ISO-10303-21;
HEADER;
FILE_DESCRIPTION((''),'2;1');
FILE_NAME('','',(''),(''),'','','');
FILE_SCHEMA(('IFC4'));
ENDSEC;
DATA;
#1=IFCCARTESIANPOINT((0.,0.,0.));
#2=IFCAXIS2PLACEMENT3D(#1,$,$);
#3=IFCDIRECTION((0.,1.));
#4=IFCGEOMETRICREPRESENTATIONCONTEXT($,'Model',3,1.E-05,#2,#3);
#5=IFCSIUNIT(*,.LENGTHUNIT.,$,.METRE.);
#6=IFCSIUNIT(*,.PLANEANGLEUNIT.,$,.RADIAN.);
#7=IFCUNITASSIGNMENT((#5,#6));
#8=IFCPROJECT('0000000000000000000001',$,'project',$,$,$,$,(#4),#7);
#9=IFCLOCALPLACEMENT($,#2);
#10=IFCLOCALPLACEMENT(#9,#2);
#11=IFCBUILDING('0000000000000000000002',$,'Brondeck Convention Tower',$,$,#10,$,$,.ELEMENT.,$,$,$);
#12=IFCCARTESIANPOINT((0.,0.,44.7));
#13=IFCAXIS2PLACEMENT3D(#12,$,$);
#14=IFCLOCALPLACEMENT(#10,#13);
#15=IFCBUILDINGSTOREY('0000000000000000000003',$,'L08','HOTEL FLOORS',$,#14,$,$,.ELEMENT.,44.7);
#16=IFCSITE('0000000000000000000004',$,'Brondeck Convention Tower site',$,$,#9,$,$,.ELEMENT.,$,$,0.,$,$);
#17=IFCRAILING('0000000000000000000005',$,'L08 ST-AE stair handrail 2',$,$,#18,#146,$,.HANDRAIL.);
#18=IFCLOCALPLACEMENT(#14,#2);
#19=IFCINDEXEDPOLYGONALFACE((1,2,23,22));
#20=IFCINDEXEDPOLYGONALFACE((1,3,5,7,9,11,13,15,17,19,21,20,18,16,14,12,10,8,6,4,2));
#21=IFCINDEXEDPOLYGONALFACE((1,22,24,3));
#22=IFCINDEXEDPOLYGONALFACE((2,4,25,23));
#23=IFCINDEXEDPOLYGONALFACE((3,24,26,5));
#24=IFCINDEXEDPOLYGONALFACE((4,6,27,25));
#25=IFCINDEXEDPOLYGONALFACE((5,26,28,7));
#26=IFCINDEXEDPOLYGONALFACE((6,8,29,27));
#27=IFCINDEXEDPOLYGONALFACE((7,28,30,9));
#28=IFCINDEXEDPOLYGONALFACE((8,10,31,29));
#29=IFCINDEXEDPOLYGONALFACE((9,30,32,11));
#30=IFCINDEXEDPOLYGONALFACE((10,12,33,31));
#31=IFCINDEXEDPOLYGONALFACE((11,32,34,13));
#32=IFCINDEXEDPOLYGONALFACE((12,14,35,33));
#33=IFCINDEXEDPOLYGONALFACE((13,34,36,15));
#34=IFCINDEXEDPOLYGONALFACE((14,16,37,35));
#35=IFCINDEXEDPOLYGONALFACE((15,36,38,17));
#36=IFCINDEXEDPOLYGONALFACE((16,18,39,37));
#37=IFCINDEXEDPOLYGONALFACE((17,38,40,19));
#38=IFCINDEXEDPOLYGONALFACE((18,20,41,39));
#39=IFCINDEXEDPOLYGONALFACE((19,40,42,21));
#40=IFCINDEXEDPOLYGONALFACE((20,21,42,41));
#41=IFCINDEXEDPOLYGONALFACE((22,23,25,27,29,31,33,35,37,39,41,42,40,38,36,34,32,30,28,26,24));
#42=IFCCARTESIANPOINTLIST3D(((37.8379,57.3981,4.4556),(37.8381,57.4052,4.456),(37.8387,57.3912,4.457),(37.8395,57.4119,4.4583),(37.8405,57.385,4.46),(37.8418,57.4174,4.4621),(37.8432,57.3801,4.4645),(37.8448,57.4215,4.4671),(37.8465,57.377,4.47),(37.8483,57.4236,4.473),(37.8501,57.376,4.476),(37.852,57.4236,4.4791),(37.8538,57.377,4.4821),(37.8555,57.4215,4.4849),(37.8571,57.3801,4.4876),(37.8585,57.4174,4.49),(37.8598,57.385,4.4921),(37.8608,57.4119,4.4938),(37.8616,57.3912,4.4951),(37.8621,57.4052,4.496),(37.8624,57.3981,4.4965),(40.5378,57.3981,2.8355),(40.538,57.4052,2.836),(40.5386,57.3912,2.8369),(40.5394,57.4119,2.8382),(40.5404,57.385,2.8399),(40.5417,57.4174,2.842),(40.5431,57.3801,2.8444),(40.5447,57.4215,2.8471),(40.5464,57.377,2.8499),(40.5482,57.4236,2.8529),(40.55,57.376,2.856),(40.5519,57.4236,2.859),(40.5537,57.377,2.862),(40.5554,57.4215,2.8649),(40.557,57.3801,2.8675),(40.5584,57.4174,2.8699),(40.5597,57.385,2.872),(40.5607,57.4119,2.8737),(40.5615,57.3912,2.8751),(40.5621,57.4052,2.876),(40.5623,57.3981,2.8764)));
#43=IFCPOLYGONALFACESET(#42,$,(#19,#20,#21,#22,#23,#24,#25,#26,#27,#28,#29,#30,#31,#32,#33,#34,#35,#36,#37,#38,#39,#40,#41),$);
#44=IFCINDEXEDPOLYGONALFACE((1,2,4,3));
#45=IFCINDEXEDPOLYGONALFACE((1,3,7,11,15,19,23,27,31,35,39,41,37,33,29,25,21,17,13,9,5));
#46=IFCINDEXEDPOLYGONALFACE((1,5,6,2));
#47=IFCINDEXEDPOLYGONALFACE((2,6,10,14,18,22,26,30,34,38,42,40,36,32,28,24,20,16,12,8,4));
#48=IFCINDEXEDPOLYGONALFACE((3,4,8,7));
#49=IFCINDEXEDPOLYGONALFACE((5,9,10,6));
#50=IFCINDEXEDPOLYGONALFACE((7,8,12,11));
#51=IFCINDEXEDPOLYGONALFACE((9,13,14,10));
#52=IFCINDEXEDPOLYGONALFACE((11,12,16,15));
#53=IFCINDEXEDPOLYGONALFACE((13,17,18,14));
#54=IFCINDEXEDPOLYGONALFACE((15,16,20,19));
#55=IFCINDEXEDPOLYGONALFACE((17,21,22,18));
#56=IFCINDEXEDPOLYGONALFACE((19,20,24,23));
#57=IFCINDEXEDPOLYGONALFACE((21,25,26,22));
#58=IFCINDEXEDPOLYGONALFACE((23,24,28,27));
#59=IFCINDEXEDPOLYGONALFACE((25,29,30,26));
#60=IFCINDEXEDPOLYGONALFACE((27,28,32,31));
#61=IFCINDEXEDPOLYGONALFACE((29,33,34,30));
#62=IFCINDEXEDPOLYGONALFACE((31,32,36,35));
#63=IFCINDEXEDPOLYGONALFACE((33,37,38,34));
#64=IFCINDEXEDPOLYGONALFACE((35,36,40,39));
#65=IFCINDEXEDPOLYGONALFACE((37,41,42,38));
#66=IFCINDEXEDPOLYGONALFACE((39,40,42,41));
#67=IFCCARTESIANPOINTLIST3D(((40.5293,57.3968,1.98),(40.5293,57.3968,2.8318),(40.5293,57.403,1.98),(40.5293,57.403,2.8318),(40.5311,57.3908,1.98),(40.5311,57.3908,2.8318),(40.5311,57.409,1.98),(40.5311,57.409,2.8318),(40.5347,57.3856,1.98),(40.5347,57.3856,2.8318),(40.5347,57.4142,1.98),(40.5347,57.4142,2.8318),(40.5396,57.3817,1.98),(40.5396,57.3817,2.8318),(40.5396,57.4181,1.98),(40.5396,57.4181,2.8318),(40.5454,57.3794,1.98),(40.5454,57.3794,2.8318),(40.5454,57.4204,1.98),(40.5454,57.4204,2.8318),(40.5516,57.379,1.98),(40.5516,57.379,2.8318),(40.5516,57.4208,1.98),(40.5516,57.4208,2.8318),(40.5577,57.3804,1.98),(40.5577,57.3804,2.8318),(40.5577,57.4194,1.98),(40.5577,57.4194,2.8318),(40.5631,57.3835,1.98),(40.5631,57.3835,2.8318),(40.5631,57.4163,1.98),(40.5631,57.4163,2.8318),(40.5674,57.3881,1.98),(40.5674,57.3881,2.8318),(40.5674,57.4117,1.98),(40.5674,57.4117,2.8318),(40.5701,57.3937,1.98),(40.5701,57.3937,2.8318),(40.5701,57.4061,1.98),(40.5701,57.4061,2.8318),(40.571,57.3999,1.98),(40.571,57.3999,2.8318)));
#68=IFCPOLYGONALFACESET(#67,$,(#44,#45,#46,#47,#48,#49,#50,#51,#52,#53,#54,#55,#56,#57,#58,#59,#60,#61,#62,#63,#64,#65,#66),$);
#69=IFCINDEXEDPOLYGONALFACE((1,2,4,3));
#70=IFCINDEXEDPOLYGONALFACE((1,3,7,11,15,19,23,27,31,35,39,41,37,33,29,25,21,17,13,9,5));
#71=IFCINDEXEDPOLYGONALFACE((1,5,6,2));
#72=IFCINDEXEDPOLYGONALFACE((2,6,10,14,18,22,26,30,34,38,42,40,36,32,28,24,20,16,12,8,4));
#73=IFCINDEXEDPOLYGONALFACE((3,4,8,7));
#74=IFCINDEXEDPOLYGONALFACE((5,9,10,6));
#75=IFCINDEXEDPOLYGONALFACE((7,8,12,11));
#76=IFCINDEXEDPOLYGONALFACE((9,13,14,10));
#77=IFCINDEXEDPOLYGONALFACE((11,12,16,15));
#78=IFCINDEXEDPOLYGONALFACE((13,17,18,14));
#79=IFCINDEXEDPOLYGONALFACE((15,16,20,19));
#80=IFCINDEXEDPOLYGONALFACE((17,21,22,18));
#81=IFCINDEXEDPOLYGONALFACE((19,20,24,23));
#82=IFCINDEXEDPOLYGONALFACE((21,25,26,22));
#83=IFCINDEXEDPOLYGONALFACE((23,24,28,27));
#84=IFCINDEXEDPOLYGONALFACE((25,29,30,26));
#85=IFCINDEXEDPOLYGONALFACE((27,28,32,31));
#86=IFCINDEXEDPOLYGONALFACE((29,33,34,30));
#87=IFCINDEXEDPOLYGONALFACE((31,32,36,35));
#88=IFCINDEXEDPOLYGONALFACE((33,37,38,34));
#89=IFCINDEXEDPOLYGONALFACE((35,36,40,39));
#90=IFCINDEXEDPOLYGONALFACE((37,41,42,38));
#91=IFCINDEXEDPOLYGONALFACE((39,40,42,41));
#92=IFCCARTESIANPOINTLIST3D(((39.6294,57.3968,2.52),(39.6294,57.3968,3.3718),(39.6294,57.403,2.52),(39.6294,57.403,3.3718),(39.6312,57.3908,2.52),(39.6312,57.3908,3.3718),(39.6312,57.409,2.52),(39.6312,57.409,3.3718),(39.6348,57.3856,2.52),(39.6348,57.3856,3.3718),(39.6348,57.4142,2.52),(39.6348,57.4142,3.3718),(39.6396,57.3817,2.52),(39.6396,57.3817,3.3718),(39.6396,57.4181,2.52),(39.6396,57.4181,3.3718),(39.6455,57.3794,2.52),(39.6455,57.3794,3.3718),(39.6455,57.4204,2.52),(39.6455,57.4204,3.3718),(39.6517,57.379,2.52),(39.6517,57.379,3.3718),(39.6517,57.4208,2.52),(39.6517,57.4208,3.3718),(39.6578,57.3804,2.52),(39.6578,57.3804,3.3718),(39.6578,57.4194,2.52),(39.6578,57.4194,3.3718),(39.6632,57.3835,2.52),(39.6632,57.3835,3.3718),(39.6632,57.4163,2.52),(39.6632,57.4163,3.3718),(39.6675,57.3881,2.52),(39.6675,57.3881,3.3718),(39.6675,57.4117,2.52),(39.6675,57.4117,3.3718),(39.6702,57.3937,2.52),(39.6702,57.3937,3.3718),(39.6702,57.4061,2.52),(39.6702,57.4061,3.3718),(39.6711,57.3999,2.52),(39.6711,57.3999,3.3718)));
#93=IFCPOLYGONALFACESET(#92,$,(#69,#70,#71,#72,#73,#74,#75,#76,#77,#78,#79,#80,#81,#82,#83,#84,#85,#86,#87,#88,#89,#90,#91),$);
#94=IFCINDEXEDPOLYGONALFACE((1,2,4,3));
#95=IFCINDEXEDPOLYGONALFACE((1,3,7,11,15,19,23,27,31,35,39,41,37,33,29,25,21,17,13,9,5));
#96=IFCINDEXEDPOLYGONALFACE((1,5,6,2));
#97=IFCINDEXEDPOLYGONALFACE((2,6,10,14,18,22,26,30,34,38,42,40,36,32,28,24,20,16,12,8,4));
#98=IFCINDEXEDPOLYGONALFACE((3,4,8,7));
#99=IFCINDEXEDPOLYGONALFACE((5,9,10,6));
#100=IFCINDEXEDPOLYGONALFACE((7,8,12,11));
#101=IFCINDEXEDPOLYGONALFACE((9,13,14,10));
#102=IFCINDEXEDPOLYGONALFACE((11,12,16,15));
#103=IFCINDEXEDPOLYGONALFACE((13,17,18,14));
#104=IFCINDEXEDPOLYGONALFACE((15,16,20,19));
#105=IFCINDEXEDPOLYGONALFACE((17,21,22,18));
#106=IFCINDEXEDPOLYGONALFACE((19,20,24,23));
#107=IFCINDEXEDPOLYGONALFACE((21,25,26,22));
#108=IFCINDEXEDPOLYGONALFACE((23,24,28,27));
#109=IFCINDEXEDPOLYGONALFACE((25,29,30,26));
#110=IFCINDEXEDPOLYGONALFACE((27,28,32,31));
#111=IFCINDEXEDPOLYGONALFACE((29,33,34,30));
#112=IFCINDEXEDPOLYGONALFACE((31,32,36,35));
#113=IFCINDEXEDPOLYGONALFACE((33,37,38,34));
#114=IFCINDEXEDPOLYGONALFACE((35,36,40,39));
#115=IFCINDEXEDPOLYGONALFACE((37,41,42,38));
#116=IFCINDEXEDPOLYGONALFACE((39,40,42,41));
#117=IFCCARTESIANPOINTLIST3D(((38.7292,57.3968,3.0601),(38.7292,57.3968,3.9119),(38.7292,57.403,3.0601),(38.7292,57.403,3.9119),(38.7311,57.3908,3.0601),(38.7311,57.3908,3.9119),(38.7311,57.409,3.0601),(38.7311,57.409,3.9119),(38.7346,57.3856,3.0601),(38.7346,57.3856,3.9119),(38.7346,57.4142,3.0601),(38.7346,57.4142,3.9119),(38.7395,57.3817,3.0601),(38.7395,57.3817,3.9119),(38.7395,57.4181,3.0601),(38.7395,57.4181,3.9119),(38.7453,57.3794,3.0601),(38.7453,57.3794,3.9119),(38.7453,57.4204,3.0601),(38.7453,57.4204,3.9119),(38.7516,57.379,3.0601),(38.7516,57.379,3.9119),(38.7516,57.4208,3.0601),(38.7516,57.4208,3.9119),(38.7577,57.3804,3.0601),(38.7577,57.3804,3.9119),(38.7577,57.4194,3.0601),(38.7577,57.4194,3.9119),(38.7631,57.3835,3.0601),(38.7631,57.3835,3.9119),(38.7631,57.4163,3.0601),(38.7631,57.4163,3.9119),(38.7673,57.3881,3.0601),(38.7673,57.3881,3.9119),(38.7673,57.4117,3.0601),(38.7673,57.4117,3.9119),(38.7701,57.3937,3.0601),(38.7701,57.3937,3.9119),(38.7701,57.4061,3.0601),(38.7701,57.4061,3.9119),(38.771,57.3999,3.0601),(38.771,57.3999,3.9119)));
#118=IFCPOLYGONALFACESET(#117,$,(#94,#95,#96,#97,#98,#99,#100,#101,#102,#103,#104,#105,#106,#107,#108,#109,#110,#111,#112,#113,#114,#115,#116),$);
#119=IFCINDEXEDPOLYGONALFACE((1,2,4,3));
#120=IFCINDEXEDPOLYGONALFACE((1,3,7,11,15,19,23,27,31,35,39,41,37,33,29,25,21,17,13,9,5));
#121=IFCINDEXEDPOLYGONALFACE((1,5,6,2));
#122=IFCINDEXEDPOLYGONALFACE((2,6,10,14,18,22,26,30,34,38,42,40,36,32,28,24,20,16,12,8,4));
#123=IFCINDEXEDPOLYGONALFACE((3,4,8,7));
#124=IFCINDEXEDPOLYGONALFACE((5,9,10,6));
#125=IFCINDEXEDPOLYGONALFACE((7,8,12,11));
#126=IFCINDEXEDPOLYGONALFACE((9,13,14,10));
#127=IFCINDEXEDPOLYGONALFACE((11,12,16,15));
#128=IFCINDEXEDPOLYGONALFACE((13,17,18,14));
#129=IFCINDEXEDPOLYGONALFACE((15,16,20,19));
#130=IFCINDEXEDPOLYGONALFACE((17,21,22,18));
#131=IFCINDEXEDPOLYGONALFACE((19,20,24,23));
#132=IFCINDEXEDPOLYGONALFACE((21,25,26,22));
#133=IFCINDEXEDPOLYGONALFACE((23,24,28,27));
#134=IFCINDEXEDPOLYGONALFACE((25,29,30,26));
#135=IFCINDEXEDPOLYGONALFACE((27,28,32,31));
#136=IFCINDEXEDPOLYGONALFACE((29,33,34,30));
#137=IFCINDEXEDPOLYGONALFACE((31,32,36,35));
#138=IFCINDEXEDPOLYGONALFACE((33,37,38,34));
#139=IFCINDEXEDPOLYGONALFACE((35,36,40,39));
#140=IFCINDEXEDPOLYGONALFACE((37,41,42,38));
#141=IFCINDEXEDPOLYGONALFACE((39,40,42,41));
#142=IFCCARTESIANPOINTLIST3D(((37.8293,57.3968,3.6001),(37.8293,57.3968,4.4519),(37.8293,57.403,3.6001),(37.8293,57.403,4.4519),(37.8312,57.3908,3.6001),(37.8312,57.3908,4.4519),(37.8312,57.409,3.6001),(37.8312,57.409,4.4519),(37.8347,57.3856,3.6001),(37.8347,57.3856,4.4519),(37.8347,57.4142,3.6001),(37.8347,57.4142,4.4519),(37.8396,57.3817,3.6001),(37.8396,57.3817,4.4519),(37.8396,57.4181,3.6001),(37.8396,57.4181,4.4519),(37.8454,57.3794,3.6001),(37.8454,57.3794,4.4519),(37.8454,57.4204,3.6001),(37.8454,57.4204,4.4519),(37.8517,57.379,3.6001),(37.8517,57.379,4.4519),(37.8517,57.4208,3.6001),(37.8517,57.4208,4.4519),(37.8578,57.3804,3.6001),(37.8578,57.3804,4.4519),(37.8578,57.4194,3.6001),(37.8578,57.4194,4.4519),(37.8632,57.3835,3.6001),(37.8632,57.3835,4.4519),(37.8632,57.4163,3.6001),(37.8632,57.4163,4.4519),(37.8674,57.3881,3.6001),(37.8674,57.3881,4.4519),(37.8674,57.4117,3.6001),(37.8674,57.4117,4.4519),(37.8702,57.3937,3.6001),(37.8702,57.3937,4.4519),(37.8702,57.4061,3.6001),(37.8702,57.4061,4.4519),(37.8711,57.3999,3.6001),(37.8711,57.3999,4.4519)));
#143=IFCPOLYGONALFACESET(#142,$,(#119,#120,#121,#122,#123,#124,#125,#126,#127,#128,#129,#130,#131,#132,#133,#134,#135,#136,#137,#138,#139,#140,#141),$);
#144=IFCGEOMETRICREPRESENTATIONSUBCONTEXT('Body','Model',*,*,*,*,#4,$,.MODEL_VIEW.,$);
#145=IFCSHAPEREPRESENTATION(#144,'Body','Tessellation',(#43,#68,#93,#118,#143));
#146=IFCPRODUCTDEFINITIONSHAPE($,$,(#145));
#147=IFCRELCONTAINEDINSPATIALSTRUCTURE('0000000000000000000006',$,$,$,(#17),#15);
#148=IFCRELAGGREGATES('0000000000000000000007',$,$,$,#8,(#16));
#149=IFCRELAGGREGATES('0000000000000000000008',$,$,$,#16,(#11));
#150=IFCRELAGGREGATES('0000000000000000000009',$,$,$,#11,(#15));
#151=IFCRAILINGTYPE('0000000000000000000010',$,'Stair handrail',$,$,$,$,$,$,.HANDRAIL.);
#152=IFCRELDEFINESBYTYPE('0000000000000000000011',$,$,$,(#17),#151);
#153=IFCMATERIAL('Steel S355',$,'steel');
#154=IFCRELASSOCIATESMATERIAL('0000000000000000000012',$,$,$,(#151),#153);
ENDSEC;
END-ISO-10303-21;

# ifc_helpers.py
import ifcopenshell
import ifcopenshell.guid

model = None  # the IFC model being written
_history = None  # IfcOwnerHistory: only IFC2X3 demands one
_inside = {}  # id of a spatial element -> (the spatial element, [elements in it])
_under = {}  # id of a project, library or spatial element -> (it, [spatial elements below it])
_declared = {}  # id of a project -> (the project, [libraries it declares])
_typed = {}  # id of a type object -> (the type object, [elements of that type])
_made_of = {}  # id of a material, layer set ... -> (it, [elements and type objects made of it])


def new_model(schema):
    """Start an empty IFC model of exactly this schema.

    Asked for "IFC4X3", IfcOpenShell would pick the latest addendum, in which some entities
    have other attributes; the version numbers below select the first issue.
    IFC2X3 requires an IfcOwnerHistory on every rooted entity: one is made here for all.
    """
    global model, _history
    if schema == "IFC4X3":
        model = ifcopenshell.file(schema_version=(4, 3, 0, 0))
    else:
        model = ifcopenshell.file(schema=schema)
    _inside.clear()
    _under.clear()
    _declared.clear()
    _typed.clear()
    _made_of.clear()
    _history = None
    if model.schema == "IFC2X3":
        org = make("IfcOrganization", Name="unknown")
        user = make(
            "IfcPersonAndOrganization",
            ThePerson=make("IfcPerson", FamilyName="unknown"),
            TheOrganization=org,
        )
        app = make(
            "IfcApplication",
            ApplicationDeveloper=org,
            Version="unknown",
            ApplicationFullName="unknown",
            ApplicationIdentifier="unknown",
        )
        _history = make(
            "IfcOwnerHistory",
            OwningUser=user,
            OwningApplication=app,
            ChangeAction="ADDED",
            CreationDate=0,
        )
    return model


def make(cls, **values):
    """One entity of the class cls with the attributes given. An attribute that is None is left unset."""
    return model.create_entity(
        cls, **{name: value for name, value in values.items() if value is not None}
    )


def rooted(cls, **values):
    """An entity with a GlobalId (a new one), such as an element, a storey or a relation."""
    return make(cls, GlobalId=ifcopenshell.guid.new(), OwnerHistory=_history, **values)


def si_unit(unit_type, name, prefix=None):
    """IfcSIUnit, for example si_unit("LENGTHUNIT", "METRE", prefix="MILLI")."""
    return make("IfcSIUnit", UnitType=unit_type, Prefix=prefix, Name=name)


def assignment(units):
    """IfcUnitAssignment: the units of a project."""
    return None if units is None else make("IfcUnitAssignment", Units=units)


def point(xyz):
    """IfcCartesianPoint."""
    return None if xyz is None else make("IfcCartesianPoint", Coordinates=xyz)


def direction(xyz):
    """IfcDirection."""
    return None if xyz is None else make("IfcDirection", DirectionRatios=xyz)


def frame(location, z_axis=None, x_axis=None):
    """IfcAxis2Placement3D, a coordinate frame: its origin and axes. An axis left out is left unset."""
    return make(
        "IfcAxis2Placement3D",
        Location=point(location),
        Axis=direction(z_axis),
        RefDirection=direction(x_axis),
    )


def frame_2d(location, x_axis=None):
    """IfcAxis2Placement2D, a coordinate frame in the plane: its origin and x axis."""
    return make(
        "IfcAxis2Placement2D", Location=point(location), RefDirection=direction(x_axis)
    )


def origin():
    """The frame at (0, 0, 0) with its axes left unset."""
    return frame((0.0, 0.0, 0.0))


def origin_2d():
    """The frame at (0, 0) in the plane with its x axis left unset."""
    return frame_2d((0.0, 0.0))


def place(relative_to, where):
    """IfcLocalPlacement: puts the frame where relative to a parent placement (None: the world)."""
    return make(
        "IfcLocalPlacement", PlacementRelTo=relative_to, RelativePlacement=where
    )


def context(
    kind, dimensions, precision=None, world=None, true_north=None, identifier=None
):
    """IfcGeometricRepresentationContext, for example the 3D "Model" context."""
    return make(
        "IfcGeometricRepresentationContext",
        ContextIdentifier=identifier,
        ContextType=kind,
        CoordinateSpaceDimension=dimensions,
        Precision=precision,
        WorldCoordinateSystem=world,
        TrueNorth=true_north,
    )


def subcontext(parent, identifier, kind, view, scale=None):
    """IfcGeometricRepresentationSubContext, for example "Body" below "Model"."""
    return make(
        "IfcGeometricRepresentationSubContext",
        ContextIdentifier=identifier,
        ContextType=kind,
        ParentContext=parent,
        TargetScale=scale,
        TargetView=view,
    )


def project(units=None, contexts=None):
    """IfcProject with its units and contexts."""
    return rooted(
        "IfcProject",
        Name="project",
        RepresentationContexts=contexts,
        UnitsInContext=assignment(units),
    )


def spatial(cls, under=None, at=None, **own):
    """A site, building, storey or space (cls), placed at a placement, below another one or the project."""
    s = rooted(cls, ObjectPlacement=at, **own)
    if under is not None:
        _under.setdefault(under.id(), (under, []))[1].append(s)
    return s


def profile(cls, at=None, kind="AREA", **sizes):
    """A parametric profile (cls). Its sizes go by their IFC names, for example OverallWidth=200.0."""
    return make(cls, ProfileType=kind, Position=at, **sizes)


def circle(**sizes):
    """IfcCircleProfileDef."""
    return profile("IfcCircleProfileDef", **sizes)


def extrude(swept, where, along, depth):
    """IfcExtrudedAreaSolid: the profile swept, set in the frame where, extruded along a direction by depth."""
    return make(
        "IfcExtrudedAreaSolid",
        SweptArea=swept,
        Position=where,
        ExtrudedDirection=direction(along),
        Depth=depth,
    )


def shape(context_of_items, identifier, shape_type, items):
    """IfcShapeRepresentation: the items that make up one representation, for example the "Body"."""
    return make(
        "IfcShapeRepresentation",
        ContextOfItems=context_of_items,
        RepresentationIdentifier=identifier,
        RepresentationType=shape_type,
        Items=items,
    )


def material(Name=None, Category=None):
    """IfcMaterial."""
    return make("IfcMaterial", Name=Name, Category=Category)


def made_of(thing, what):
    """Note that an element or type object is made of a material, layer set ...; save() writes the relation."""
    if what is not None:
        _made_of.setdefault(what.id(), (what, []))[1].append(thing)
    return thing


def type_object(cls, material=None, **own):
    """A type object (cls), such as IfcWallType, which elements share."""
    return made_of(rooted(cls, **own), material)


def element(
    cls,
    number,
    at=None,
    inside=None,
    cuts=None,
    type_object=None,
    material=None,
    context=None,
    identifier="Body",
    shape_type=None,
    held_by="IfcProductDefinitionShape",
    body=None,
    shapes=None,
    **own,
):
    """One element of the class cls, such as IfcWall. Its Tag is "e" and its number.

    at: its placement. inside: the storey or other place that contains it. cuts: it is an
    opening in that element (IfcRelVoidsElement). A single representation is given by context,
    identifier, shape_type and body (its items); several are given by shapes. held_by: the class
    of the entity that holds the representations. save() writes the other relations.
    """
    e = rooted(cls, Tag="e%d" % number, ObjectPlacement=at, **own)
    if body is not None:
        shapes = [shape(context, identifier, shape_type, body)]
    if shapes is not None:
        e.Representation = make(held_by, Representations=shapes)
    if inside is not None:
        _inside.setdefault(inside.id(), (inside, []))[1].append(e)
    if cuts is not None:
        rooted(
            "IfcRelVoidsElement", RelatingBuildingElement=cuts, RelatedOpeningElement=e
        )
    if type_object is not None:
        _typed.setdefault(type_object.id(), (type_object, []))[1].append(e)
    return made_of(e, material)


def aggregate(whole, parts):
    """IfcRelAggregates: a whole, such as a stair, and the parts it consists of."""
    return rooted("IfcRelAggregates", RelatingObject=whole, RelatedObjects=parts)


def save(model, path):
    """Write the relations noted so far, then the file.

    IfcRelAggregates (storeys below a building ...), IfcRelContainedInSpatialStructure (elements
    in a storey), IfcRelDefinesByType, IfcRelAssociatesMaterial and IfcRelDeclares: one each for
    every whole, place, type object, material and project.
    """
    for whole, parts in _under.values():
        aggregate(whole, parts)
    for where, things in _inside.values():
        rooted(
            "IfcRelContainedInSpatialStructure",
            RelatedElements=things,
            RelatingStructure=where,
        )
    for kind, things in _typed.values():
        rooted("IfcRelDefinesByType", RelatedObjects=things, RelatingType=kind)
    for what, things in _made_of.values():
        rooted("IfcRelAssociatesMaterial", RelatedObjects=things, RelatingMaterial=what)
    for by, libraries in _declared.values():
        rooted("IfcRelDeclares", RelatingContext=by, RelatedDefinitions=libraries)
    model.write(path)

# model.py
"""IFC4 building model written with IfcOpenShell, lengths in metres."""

from ifc_helpers import new_model, si_unit, direction, frame, origin, origin_2d, place, context, subcontext, project, spatial, circle, extrude, material, type_object, element, save


model = new_model("IFC4")

# Units and contexts
model_context = context("Model", 3, precision=1e-05, world=origin(), true_north=direction((0.0, 1.0)))
body_context = subcontext(model_context, "Body", "Model", "MODEL_VIEW")
ifc_project = project(units=[si_unit("LENGTHUNIT", "METRE"), si_unit("PLANEANGLEUNIT", "RADIAN")], contexts=[model_context])

# Site, building, storey
site_placement = place(None, origin())
site = spatial("IfcSite", under=ifc_project, at=site_placement, Name="Brondeck Convention Tower site", CompositionType="ELEMENT", RefElevation=0.0)
building_placement = place(site_placement, origin())
building = spatial("IfcBuilding", under=site, at=building_placement, Name="Brondeck Convention Tower", CompositionType="ELEMENT")
storey_placement = place(building_placement, frame((0.0, 0.0, 44.7)))
storey = spatial("IfcBuildingStorey", under=building, at=storey_placement, Name="L08", Description="HOTEL FLOORS", CompositionType="ELEMENT", Elevation=44.7)

# Shared definitions
ifc_material_1 = material(Name="Steel S355", Category="steel")

# Railing
railing_type_1 = type_object("IfcRailingType", Name="Stair handrail", PredefinedType="HANDRAIL", material=ifc_material_1)
railing_1_placement = place(storey_placement, frame((40.55, 57.3999, 1.98)))
element("IfcRailing", 1, at=railing_1_placement, inside=storey, type_object=railing_type_1, Name="L08 ST-AE stair handrail 2", PredefinedType="HANDRAIL", context=body_context, shape_type="SweptSolid", body=[
    extrude(circle(Radius=0.0239, at=origin_2d()), frame((0.0, 0.0, 0.876), z_axis=(-0.857472, 0.0, 0.51453), x_axis=(0.0, -1.0, 0.0)), (0.0, 0.0, 1.0), 3.1487),
    extrude(circle(Radius=0.021, at=origin_2d()), origin(), (0.0, 0.0, 1.0), 0.8518),
    extrude(circle(Radius=0.021, at=origin_2d()), frame((-0.8999, 0.0, 0.54)), (0.0, 0.0, 1.0), 0.8518),
    extrude(circle(Radius=0.021, at=origin_2d()), frame((-1.8, 0.0, 1.0801)), (0.0, 0.0, 1.0), 0.8518),
    extrude(circle(Radius=0.021, at=origin_2d()), frame((-2.7, 0.0, 1.6201)), (0.0, 0.0, 1.0), 0.8518),
])

save(model, "model.ifc")
